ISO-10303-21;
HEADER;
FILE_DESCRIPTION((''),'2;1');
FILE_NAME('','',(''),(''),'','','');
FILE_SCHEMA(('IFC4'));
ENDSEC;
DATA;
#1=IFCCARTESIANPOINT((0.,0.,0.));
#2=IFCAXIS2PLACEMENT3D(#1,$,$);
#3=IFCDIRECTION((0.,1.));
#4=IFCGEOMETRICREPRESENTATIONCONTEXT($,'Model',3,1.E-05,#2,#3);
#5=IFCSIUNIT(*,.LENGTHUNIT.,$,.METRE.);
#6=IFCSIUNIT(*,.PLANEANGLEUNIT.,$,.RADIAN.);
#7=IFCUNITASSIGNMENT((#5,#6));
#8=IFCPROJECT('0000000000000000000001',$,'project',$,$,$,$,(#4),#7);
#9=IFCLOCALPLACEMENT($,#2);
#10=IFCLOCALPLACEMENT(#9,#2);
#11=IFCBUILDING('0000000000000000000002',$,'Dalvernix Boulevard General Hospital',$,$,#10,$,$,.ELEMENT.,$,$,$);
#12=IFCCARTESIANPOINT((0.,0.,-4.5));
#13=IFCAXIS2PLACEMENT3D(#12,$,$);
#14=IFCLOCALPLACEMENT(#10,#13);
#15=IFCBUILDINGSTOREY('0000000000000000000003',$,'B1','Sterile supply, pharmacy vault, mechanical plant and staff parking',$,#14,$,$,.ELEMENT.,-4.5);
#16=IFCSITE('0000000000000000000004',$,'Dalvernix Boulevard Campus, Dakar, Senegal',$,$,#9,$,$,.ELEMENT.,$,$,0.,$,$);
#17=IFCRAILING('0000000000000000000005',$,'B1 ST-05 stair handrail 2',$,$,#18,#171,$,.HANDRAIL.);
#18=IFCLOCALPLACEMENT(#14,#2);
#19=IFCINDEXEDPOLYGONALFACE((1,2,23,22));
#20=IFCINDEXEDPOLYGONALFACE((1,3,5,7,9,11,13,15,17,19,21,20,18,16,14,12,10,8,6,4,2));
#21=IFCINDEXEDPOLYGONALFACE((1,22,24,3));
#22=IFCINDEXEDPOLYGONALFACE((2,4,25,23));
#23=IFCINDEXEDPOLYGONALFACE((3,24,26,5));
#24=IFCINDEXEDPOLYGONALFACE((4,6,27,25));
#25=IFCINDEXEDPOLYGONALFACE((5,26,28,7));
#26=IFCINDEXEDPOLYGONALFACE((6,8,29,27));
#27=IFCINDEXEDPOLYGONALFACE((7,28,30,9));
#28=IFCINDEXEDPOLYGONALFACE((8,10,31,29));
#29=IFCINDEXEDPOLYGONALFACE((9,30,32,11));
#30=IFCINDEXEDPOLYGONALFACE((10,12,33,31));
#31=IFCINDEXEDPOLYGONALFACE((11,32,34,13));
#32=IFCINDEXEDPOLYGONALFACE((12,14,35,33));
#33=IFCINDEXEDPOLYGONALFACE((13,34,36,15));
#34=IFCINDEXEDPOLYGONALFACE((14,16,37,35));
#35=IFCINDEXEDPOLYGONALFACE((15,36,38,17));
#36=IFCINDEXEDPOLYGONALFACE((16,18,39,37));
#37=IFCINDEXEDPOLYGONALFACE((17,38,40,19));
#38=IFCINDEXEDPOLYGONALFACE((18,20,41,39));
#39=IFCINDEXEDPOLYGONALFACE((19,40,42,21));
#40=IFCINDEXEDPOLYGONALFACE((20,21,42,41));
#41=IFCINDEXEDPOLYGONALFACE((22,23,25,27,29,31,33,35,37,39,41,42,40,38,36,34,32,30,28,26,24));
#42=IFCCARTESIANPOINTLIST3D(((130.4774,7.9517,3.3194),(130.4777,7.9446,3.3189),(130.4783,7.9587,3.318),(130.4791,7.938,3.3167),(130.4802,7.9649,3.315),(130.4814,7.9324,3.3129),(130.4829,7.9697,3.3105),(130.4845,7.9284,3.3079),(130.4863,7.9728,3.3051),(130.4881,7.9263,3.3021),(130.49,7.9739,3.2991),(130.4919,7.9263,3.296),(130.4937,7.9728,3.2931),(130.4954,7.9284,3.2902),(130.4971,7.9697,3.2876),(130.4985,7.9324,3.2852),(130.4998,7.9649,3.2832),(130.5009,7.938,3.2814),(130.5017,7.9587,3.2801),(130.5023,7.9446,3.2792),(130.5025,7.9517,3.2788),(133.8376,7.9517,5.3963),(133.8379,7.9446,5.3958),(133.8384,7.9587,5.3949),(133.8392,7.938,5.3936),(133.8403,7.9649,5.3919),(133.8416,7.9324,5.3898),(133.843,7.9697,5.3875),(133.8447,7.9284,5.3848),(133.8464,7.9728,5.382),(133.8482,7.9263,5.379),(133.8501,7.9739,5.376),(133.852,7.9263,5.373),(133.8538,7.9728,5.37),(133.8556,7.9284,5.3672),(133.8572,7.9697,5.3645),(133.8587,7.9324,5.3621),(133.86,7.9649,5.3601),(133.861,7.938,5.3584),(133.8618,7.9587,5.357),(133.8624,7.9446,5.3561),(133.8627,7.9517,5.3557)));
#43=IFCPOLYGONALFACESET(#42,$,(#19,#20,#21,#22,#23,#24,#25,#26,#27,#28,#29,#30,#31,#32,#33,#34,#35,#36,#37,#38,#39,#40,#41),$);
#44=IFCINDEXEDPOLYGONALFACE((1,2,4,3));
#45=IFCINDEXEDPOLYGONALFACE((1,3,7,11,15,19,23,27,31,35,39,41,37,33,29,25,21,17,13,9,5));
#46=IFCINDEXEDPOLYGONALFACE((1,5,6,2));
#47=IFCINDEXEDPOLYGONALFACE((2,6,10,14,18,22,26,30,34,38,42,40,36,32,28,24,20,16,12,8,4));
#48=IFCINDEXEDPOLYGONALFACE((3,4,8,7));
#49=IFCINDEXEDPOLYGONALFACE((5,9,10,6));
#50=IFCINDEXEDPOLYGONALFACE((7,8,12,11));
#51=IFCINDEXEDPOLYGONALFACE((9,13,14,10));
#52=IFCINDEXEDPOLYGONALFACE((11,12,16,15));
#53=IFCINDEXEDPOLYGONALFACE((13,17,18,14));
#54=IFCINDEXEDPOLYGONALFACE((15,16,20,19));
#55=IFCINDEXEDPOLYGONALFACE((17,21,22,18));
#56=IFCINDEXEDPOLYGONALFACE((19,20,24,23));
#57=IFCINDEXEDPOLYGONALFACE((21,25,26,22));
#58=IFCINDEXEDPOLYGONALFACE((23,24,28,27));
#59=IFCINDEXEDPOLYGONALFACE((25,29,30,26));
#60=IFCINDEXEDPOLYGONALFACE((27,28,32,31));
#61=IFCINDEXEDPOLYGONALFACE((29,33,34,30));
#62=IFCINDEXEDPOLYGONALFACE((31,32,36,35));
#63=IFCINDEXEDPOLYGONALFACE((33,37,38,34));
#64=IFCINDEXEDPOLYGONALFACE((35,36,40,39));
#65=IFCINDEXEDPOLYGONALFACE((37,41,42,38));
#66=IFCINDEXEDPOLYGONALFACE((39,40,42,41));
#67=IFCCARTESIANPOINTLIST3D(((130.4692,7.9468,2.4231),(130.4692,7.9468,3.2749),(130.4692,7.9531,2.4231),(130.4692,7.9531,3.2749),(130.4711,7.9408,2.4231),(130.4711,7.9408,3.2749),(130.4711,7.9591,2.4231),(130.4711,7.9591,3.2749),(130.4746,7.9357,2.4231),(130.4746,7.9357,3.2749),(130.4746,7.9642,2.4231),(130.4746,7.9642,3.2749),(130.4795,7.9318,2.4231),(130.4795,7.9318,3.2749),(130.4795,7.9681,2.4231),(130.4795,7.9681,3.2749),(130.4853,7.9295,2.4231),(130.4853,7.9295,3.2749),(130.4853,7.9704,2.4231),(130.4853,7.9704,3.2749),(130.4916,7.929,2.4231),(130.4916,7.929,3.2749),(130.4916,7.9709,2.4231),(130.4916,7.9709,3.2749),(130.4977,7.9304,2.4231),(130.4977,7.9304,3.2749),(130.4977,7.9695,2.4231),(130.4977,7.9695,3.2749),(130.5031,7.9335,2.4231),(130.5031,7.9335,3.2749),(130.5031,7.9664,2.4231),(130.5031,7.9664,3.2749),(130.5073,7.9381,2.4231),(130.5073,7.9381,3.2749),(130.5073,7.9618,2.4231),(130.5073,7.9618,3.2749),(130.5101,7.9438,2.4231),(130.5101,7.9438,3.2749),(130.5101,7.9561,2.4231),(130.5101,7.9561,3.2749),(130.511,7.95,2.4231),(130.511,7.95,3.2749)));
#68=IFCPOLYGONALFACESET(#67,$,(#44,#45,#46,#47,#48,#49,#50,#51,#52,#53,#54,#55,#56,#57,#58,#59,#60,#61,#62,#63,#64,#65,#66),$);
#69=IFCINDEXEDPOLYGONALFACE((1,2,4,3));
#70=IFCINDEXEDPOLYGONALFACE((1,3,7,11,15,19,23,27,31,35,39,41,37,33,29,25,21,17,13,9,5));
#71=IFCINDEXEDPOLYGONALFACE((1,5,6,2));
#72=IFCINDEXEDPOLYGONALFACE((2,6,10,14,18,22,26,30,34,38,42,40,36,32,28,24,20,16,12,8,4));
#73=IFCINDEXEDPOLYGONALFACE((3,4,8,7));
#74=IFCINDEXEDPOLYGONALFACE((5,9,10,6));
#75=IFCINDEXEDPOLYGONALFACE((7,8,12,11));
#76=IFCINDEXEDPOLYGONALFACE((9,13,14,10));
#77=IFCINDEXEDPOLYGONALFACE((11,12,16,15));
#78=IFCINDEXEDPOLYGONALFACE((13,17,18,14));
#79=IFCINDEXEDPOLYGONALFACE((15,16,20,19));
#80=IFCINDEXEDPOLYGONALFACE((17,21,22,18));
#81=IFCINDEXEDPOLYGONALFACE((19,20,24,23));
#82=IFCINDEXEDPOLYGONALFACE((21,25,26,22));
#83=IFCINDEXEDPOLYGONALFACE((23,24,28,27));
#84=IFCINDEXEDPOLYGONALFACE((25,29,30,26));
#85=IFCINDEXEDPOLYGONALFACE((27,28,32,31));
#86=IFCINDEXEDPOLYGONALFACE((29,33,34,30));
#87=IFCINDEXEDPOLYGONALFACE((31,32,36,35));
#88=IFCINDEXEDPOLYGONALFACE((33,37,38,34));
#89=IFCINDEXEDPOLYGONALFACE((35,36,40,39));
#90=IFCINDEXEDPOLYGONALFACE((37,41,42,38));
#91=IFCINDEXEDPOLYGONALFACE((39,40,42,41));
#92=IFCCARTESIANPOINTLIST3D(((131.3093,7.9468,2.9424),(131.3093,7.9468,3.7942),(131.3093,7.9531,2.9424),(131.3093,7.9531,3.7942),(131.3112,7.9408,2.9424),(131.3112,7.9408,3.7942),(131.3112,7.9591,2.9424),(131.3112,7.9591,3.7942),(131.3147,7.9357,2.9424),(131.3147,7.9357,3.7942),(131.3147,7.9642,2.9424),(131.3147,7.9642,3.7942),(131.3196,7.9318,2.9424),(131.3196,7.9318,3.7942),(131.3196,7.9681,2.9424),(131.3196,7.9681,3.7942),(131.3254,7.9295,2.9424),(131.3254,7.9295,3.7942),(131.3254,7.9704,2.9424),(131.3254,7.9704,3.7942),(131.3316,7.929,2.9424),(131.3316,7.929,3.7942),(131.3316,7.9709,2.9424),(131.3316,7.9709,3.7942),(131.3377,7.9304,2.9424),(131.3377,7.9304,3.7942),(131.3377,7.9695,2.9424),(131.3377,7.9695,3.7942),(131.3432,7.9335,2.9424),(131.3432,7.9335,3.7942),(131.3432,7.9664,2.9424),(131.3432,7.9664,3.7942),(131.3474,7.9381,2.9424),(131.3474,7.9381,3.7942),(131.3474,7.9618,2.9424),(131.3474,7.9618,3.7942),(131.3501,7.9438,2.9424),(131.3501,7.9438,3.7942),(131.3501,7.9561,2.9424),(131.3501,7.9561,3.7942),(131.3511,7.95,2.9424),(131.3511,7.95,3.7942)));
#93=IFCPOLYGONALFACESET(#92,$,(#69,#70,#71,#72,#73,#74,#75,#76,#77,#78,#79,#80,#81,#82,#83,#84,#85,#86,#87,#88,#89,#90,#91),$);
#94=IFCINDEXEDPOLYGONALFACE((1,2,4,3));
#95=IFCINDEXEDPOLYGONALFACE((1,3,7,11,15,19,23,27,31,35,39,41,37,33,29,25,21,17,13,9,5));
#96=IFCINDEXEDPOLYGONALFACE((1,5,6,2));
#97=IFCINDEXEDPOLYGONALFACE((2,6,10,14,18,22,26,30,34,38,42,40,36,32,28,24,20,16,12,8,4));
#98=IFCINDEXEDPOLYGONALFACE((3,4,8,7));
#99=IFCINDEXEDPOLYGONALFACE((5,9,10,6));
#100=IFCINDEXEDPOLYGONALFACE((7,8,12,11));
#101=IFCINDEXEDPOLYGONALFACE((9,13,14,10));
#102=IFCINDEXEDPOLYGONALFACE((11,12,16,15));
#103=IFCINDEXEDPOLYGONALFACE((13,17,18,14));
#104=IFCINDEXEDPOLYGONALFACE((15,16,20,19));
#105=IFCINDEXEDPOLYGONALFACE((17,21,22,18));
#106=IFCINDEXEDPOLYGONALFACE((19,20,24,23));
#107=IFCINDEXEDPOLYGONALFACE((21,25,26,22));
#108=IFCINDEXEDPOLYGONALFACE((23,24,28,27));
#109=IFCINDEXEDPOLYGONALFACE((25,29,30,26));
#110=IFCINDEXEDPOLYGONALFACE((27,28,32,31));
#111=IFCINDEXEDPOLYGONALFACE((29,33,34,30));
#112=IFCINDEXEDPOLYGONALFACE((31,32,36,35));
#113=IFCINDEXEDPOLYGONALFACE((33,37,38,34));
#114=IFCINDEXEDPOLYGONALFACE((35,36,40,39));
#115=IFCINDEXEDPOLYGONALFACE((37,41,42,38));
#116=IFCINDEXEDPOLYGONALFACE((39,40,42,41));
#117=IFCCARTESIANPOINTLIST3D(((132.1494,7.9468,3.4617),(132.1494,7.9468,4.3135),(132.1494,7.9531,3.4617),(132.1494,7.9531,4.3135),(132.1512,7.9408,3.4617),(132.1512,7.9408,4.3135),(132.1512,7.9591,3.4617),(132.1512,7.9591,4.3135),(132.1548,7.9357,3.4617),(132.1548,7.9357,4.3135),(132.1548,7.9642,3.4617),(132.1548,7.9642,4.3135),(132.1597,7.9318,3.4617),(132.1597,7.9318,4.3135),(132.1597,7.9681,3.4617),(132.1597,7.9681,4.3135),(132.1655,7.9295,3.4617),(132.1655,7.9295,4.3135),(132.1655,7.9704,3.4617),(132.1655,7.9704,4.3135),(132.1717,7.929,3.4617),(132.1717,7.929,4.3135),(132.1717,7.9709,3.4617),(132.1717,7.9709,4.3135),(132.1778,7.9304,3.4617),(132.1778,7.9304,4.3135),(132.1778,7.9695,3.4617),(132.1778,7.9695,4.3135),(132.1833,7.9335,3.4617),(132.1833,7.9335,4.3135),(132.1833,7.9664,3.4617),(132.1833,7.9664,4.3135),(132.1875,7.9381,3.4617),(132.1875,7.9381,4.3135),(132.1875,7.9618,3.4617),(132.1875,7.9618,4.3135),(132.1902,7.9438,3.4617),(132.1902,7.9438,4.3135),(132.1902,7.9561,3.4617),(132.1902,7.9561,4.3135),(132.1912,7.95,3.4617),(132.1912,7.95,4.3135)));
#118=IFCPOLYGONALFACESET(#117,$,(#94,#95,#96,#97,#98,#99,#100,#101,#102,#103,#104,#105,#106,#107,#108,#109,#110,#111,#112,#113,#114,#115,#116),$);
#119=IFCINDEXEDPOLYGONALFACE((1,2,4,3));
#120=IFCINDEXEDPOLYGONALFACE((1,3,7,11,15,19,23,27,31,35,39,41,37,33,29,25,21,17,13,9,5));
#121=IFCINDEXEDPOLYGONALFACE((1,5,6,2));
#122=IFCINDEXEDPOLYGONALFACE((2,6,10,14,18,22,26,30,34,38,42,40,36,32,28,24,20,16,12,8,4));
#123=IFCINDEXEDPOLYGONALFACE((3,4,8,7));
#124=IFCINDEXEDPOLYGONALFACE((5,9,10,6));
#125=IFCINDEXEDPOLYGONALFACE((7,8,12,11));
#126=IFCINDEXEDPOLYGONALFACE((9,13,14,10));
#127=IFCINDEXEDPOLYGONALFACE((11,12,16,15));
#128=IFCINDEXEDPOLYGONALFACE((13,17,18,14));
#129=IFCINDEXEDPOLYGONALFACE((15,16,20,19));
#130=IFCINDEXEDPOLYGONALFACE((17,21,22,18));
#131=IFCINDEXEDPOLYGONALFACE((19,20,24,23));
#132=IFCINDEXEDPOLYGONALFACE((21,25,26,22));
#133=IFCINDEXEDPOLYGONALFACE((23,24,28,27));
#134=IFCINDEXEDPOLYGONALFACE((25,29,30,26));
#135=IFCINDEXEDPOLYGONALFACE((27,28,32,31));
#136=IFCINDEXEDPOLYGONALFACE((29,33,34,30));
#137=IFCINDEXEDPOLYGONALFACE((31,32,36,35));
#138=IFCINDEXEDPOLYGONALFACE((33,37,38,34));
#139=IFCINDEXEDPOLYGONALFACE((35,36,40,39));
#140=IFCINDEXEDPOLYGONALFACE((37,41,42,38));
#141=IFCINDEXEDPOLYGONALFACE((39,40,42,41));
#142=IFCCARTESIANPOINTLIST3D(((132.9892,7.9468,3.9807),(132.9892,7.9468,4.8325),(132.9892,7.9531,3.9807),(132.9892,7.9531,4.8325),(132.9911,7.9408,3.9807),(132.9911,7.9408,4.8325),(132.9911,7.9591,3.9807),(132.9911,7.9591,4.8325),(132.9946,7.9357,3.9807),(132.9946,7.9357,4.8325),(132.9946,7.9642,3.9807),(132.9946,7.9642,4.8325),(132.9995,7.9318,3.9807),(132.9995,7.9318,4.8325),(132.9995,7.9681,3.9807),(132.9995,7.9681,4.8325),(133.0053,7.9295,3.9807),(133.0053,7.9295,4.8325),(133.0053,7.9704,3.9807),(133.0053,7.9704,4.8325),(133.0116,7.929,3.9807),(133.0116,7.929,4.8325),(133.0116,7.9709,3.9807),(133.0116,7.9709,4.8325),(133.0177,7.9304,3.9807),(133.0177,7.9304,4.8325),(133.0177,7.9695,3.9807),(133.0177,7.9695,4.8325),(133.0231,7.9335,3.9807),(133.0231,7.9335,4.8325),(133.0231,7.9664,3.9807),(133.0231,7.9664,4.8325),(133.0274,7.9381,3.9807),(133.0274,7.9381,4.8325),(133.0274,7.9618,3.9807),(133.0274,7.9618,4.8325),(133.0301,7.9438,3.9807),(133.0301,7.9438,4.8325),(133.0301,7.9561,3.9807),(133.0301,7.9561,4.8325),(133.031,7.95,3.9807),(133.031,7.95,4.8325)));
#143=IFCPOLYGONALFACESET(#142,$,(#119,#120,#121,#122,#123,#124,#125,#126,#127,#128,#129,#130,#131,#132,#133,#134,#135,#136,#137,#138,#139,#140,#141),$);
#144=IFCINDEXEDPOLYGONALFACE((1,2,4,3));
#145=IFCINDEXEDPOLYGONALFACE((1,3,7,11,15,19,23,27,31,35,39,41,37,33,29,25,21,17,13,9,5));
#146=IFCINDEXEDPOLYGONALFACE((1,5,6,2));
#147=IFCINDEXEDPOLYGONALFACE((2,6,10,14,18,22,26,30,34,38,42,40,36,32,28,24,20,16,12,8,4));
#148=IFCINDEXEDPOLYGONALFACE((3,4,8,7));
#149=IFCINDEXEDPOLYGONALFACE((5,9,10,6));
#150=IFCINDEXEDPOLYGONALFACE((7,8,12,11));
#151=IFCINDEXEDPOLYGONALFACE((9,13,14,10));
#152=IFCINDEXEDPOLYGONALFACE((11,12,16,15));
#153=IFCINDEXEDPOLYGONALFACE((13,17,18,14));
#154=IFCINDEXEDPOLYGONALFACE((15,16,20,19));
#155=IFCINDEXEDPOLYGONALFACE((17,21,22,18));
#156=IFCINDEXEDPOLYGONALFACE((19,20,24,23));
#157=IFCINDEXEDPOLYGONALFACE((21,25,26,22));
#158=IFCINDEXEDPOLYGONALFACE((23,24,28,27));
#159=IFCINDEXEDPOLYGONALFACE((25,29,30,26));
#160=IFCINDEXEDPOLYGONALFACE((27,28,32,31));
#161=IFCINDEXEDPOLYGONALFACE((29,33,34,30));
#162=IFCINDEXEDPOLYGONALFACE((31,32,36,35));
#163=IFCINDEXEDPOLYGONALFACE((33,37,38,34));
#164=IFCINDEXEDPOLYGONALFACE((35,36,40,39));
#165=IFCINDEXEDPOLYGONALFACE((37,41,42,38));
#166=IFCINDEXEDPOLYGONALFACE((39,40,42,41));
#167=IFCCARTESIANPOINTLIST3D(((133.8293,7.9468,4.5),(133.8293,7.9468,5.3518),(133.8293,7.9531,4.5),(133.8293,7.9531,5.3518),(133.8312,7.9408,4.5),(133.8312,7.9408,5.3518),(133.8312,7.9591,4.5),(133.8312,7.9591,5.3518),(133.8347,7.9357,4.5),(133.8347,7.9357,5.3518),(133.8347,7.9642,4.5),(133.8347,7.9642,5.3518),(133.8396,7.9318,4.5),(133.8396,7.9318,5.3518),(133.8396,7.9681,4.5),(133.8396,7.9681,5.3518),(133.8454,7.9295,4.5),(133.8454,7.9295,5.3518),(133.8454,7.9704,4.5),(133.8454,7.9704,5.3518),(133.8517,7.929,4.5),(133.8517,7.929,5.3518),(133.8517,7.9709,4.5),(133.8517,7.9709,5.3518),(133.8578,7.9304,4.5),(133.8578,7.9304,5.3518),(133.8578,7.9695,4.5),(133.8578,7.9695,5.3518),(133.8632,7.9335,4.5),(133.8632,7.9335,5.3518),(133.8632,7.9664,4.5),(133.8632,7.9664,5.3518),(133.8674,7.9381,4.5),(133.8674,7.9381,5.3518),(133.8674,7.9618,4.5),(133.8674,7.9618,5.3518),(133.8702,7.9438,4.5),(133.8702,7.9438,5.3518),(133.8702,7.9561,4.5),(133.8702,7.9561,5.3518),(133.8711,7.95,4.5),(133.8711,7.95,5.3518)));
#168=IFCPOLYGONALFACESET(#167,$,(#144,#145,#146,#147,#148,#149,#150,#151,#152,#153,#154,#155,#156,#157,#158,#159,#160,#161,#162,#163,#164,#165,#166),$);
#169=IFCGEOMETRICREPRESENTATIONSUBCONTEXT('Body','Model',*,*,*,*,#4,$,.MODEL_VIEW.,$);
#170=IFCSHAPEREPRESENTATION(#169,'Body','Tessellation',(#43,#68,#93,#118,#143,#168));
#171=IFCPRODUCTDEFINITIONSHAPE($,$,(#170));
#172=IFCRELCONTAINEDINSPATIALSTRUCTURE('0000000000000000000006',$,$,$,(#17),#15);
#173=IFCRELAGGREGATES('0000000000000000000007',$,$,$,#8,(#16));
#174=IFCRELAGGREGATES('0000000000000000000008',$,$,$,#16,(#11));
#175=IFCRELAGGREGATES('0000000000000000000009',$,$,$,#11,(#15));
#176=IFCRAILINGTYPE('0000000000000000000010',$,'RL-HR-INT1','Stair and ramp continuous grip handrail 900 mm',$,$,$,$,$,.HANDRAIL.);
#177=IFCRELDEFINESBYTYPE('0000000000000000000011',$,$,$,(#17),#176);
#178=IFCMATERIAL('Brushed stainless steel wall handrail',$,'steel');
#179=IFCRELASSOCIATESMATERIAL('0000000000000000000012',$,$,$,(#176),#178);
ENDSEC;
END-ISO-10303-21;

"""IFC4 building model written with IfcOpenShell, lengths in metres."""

from ifc_helpers import new_model, si_unit, direction, frame, origin, origin_2d, place, context, subcontext, project, spatial, circle, extrude, material, type_object, element, save


model = new_model("IFC4")

# Units and contexts
model_context = context("Model", 3, precision=1e-05, world=origin(), true_north=direction((0.0, 1.0)))
body_context = subcontext(model_context, "Body", "Model", "MODEL_VIEW")
ifc_project = project(units=[si_unit("LENGTHUNIT", "METRE"), si_unit("PLANEANGLEUNIT", "RADIAN")], contexts=[model_context])

# Site, building, storey
site_placement = place(None, origin())
site = spatial("IfcSite", under=ifc_project, at=site_placement, Name="Dalvernix Boulevard Campus, Dakar, Senegal", CompositionType="ELEMENT", RefElevation=0.0)
building_placement = place(site_placement, origin())
building = spatial("IfcBuilding", under=site, at=building_placement, Name="Dalvernix Boulevard General Hospital", CompositionType="ELEMENT")
storey_placement = place(building_placement, frame((0.0, 0.0, -4.5)))
storey = spatial("IfcBuildingStorey", under=building, at=storey_placement, Name="B1", Description="Sterile supply, pharmacy vault, mechanical plant and staff parking", CompositionType="ELEMENT", Elevation=-4.5)

# Railing
ifc_material_1 = material(Name="Brushed stainless steel wall handrail", Category="steel")
railing_type_1 = type_object("IfcRailingType", Name="RL-HR-INT1", Description="Stair and ramp continuous grip handrail 900 mm", PredefinedType="HANDRAIL", material=ifc_material_1)
railing_1_placement = place(storey_placement, frame((130.49, 7.95, 2.4231)))
element("IfcRailing", 1, at=railing_1_placement, inside=storey, type_object=railing_type_1, Name="B1 ST-05 stair handrail 2", PredefinedType="HANDRAIL", context=body_context, shape_type="SweptSolid", body=[
    extrude(circle(Radius=0.0239, at=origin_2d()), frame((0.0, 0.0, 0.876), z_axis=(0.850623, 0.0, 0.525776), x_axis=(0.0, 1.0, 0.0)), (0.0, 0.0, 1.0), 3.9502),
    extrude(circle(Radius=0.021, at=origin_2d()), origin(), (0.0, 0.0, 1.0), 0.8518),
    extrude(circle(Radius=0.021, at=origin_2d()), frame((0.8401, 0.0, 0.5193)), (0.0, 0.0, 1.0), 0.8518),
    extrude(circle(Radius=0.021, at=origin_2d()), frame((1.6802, 0.0, 1.0386)), (0.0, 0.0, 1.0), 0.8518),
    extrude(circle(Radius=0.021, at=origin_2d()), frame((2.52, 0.0, 1.5576)), (0.0, 0.0, 1.0), 0.8518),
    extrude(circle(Radius=0.021, at=origin_2d()), frame((3.3601, 0.0, 2.0769)), (0.0, 0.0, 1.0), 0.8518),
])

save(model, "model.ifc")
